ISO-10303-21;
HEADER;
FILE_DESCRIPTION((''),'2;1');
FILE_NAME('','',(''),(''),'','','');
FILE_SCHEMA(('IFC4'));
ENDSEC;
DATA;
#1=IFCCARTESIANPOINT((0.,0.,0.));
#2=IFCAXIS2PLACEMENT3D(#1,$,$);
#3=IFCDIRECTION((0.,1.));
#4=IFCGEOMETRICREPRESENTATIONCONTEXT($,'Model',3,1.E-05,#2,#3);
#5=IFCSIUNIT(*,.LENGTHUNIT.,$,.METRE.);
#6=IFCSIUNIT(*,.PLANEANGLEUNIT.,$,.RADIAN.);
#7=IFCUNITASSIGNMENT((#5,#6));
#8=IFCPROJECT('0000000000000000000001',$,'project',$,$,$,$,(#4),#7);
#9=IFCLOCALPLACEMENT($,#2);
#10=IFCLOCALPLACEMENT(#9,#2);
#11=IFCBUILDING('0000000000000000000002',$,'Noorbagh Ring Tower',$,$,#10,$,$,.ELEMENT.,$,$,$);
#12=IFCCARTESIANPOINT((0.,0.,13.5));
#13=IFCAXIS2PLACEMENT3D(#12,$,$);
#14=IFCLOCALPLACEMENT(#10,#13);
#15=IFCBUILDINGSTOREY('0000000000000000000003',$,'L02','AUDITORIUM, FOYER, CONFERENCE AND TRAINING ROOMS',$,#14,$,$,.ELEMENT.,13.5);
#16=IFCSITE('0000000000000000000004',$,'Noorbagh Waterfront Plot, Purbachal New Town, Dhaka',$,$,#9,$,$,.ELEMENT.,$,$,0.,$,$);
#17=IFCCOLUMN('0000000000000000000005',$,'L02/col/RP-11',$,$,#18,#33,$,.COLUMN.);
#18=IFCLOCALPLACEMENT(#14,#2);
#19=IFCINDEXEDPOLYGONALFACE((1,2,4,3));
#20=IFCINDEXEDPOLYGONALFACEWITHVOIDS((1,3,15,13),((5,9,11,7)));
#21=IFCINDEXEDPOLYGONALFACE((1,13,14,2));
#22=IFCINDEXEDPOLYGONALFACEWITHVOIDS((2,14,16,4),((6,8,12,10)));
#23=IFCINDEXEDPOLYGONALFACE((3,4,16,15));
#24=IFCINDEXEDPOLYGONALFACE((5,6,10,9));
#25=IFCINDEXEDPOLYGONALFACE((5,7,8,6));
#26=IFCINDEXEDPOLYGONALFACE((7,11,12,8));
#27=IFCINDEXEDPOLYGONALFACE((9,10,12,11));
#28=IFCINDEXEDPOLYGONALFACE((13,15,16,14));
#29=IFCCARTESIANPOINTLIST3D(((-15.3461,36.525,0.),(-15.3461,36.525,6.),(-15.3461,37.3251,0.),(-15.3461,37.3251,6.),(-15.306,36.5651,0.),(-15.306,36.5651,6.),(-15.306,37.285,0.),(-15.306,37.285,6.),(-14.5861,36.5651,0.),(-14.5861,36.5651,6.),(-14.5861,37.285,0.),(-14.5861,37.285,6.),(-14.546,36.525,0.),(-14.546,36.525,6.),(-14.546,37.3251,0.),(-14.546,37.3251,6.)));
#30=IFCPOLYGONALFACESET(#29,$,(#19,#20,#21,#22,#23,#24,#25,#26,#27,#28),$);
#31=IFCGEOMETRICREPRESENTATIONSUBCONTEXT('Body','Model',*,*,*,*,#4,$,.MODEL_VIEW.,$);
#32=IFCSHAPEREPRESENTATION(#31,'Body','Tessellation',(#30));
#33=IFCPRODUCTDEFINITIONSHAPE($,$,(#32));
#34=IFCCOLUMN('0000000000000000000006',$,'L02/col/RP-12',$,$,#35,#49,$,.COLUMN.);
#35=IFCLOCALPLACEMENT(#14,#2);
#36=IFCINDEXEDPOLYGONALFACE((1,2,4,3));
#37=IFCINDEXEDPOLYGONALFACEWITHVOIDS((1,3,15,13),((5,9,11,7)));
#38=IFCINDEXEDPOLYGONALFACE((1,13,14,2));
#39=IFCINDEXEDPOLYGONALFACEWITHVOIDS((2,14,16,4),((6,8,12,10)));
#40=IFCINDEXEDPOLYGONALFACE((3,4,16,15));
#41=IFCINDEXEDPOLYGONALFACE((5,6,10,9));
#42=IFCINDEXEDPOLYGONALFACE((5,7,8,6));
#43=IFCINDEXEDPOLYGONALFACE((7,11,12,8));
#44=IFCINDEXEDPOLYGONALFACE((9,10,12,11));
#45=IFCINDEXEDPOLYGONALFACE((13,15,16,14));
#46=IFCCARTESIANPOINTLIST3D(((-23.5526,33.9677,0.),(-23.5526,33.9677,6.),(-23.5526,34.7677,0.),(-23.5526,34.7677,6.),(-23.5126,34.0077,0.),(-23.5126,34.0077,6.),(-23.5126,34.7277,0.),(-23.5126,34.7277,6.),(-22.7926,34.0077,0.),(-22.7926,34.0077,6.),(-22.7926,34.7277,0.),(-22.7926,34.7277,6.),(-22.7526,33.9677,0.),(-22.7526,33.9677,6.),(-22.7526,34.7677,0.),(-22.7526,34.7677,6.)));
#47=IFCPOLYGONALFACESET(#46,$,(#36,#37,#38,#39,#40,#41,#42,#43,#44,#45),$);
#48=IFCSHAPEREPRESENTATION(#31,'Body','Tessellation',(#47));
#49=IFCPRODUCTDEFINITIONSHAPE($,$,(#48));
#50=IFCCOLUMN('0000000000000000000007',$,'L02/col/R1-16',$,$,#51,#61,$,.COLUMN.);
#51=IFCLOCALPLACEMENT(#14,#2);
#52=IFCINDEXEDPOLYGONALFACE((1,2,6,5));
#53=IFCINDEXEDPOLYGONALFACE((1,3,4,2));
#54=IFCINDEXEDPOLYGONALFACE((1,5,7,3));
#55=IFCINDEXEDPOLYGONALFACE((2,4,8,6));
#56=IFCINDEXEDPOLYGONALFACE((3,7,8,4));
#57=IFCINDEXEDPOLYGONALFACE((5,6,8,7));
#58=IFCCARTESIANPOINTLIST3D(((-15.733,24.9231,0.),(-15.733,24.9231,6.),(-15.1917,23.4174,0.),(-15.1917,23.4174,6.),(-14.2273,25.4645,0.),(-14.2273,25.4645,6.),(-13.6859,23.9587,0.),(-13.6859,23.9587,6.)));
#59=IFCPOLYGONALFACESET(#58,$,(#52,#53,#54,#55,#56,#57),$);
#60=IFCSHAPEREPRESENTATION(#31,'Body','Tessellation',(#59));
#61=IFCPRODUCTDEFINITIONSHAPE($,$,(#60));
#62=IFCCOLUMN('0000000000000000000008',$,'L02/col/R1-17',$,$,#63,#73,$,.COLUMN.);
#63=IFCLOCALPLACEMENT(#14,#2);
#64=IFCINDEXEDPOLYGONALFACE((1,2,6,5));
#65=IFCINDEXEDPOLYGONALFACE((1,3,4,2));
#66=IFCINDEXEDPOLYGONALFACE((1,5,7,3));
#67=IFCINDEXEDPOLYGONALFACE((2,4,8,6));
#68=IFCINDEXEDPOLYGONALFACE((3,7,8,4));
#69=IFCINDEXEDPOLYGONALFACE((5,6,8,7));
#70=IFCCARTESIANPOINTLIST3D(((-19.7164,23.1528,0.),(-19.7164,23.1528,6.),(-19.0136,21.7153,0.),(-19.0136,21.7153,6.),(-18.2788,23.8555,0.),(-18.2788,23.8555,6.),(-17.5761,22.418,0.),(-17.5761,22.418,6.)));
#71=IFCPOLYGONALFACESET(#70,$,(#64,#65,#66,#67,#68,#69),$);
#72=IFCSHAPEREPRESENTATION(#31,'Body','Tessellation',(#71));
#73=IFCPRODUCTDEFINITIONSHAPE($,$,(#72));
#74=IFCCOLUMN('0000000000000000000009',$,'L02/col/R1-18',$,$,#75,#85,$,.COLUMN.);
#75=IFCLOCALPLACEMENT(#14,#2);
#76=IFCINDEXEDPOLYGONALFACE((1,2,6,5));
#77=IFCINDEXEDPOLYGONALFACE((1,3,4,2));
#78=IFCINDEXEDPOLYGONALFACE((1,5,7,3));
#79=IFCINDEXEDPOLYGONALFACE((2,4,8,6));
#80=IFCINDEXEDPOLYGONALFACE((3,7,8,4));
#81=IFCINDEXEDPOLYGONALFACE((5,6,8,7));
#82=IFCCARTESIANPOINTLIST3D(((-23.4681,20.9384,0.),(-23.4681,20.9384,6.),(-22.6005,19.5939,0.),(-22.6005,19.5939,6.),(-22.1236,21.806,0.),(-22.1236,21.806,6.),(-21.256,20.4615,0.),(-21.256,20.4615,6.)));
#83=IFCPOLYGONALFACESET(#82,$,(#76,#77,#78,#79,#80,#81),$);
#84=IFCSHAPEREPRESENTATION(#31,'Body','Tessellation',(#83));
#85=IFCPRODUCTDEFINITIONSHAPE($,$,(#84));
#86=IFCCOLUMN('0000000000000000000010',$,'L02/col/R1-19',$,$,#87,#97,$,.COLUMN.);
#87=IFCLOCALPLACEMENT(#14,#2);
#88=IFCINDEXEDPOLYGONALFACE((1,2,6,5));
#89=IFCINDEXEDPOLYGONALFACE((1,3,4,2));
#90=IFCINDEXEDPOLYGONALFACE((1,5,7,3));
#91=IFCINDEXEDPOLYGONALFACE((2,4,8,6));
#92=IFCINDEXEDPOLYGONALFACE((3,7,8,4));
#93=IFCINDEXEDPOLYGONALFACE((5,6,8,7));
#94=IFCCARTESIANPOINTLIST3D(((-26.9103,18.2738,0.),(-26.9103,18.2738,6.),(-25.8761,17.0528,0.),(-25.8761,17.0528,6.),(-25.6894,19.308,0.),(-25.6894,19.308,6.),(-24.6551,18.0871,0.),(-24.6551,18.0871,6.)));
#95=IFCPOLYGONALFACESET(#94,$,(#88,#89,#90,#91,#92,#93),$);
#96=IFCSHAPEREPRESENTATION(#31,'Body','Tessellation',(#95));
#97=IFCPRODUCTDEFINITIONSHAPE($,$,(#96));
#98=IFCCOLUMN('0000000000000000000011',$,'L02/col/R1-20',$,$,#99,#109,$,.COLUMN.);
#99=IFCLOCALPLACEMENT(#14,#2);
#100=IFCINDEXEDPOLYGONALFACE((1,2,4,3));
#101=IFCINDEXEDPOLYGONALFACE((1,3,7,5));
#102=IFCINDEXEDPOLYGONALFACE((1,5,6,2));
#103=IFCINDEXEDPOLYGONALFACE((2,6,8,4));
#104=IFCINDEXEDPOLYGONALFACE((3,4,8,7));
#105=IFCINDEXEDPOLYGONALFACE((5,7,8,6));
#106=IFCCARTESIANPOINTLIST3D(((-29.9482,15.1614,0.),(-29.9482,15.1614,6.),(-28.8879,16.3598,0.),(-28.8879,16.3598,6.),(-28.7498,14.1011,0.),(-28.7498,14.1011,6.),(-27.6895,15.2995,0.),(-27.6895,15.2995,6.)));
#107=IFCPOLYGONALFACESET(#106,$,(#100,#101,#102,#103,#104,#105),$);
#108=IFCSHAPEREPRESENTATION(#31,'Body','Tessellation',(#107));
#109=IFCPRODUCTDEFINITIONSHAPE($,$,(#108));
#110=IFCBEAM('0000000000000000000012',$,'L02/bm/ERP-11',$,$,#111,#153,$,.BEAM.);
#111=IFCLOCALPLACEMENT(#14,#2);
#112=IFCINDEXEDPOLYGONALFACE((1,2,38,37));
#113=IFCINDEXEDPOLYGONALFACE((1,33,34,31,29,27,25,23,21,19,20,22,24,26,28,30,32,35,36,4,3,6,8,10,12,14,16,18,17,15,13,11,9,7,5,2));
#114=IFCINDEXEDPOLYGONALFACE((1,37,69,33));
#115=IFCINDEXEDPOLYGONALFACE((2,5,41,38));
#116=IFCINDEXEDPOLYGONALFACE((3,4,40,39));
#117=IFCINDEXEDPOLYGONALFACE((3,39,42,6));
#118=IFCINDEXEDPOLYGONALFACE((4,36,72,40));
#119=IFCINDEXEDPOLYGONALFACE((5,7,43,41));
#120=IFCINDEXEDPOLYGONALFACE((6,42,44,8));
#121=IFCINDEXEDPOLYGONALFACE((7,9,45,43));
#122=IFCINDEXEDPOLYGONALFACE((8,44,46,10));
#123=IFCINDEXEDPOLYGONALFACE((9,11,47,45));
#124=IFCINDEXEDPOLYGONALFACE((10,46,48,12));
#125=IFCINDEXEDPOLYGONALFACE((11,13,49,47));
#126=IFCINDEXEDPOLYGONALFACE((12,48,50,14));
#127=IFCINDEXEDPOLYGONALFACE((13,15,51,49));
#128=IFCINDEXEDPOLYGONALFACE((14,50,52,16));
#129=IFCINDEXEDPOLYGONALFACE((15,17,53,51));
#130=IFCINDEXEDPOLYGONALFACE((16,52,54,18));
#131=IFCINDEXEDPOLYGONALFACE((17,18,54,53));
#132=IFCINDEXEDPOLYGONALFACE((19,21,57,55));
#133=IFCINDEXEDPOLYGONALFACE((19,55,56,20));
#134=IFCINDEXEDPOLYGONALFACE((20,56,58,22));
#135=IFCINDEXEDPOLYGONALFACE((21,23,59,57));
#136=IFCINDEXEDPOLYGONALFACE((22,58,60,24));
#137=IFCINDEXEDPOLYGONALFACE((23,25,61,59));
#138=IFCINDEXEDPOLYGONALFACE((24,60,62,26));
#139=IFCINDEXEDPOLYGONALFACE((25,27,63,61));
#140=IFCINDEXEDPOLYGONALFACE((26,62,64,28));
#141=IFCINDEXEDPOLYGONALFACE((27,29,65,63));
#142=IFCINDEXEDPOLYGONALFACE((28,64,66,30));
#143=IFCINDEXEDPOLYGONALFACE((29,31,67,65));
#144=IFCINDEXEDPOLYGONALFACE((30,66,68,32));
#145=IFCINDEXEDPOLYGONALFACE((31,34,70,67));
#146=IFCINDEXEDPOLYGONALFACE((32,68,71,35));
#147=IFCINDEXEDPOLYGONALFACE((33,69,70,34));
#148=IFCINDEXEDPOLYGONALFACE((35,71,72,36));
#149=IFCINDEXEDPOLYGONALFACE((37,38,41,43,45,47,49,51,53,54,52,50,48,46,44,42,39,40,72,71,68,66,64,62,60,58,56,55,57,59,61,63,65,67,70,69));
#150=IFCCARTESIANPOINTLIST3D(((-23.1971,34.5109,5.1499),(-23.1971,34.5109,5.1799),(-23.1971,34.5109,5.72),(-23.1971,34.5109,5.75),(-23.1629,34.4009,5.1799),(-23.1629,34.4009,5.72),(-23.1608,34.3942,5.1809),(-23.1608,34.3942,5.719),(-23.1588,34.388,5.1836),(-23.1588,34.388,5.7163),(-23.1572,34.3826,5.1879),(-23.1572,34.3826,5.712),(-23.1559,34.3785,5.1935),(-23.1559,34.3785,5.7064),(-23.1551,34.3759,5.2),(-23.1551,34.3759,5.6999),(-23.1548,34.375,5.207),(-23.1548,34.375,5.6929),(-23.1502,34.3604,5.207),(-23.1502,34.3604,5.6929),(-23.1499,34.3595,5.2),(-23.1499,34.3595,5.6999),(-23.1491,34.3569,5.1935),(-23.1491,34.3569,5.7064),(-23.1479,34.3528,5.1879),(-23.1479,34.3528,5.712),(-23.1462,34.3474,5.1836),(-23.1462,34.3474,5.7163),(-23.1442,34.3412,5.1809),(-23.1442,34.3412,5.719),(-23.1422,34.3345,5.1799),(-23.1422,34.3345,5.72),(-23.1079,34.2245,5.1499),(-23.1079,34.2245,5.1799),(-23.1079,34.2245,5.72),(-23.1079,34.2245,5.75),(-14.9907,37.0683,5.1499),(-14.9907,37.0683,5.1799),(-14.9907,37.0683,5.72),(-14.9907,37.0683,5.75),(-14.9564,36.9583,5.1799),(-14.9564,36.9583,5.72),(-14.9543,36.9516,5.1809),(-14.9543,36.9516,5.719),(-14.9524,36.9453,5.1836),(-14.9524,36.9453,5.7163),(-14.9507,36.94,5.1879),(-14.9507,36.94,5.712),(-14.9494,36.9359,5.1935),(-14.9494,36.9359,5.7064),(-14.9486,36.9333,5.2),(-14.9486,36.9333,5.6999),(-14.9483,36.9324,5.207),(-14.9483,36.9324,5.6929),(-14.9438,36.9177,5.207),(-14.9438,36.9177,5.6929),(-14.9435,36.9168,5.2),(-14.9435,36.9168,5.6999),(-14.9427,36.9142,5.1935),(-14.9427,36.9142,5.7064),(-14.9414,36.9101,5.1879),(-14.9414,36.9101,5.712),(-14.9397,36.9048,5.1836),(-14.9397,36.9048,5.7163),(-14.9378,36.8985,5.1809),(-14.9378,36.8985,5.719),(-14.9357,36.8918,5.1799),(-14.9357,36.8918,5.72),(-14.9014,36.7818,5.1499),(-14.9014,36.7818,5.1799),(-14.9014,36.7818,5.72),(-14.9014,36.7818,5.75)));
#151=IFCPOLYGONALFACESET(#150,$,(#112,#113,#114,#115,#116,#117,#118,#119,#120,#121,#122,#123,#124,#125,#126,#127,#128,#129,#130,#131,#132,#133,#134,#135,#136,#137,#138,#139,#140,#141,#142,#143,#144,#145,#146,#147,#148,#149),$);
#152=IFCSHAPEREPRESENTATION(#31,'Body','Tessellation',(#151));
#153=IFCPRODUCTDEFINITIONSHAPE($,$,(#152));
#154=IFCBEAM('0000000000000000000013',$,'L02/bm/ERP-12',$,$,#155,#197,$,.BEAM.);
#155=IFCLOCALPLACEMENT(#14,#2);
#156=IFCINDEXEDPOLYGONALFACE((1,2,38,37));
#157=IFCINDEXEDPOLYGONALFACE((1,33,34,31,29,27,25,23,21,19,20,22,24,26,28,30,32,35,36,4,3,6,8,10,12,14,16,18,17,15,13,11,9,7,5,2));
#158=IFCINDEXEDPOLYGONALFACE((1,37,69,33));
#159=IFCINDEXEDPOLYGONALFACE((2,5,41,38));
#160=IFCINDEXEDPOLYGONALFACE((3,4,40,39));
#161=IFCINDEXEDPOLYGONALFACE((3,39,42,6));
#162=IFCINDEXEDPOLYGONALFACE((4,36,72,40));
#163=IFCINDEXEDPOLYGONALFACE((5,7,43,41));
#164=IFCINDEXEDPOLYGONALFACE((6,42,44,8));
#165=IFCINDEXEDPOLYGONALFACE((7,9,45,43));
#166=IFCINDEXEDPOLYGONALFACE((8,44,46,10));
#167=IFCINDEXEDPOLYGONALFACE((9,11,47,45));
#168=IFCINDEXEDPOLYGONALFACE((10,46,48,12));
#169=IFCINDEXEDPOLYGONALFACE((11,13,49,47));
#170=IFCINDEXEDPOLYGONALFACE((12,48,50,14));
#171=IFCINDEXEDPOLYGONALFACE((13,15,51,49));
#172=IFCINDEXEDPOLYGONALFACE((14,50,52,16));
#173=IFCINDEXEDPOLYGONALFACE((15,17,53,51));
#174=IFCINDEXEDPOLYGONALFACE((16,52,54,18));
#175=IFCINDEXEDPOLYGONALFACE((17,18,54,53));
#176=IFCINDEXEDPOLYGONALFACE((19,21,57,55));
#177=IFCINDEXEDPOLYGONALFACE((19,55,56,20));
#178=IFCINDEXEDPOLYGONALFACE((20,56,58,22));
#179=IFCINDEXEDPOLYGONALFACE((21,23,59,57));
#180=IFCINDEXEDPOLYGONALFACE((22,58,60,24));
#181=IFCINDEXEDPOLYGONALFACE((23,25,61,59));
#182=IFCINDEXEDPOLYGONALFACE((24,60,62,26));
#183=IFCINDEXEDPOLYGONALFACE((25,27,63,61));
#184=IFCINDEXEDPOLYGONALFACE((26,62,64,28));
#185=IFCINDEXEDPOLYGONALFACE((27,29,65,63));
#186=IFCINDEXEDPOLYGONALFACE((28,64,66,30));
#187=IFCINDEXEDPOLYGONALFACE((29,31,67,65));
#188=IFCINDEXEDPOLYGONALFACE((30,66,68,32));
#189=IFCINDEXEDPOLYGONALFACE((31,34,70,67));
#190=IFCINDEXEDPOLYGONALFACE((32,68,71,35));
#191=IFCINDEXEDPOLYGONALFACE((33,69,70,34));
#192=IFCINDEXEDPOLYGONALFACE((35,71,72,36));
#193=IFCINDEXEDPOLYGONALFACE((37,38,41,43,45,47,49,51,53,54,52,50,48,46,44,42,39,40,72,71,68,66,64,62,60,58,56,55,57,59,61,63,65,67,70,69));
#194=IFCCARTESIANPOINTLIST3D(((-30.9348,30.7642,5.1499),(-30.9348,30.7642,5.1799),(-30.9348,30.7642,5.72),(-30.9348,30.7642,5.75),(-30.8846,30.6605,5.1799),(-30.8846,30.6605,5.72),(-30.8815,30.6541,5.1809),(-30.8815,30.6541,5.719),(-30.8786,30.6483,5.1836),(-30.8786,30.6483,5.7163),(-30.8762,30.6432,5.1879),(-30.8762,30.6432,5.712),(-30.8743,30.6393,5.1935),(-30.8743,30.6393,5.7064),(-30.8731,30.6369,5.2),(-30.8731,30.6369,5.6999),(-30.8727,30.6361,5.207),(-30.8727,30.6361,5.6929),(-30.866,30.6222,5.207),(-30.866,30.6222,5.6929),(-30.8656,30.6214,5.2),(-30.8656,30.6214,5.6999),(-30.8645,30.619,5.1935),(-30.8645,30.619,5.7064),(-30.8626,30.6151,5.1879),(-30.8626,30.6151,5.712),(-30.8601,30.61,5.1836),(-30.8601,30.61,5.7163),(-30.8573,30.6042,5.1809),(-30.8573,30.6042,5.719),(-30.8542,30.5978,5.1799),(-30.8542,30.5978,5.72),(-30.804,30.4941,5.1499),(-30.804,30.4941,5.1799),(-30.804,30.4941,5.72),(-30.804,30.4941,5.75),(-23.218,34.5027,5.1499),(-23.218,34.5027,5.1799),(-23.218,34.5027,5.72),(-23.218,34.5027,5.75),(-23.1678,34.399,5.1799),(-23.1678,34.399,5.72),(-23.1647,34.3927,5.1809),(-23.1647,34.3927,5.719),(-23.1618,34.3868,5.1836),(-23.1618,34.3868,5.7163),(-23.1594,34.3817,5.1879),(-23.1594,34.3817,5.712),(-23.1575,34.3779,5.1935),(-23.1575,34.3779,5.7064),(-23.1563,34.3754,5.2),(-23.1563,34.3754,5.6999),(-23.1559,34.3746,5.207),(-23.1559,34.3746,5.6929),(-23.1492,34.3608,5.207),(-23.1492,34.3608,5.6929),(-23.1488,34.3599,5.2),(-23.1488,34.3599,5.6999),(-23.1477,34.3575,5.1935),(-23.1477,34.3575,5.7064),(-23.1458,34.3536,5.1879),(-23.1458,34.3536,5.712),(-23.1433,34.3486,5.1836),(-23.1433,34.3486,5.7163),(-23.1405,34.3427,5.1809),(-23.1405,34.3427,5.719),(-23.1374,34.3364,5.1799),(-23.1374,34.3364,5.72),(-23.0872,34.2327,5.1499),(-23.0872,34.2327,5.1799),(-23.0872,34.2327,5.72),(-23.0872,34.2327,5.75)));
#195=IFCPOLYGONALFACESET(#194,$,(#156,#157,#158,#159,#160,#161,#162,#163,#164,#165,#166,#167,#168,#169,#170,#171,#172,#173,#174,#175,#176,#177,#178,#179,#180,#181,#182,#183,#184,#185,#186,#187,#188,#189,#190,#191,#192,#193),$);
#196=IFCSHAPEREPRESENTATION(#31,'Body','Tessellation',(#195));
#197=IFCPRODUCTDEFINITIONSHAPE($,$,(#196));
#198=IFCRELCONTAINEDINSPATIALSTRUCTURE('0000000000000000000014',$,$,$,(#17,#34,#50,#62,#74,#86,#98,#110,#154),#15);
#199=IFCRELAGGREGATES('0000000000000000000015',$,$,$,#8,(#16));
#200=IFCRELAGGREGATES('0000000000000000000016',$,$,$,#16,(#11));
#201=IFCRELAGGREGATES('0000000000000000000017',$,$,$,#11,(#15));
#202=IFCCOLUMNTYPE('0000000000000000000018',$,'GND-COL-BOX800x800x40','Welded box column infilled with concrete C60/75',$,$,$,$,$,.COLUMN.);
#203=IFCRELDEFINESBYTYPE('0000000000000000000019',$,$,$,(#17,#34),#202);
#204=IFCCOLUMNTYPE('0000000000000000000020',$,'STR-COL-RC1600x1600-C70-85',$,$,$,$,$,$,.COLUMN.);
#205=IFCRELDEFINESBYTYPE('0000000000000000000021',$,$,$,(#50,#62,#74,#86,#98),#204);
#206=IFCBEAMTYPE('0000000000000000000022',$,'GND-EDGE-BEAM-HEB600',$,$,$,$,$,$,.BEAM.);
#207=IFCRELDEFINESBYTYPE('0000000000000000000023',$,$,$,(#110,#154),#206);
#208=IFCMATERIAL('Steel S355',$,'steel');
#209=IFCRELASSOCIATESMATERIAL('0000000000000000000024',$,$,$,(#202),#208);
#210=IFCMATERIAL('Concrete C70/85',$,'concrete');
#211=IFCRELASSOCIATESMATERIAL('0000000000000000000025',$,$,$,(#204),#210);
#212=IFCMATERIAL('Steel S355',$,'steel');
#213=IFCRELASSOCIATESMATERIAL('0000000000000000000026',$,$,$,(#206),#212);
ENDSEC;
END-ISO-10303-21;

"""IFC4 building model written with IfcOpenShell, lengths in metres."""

from ifc_helpers import new_model, si_unit, direction, frame, origin, origin_2d, place, context, subcontext, project, spatial, rectangle, hollow_rectangle, i_section, extrude, material, material_profile, profile_set, type_object, element, save


model = new_model("IFC4")

# Units and contexts
model_context = context("Model", 3, precision=1e-05, world=origin(), true_north=direction((0.0, 1.0)))
body_context = subcontext(model_context, "Body", "Model", "MODEL_VIEW")
ifc_project = project(units=[si_unit("LENGTHUNIT", "METRE"), si_unit("PLANEANGLEUNIT", "RADIAN")], contexts=[model_context])

# Site, building, storey
site_placement = place(None, origin())
site = spatial("IfcSite", under=ifc_project, at=site_placement, Name="Noorbagh Waterfront Plot, Purbachal New Town, Dhaka", CompositionType="ELEMENT", RefElevation=0.0)
building_placement = place(site_placement, origin())
building = spatial("IfcBuilding", under=site, at=building_placement, Name="Noorbagh Ring Tower", CompositionType="ELEMENT")
storey_placement = place(building_placement, frame((0.0, 0.0, 13.5)))
storey = spatial("IfcBuildingStorey", under=building, at=storey_placement, Name="L02", Description="AUDITORIUM, FOYER, CONFERENCE AND TRAINING ROOMS", CompositionType="ELEMENT", Elevation=13.5)

# Columns
ifc_material_1 = material(Name="Steel S355", Category="steel")
ifc_material_profile_1 = material_profile(ifc_material_1, hollow_rectangle(XDim=0.8, YDim=0.8, WallThickness=0.04, at=origin_2d()), Name="BOX800x800x40")
ifc_profile_set_1 = profile_set([ifc_material_profile_1], Name="Steel S355")
column_type_1 = type_object("IfcColumnType", Name="GND-COL-BOX800x800x40", Description="Welded box column infilled with concrete C60/75", PredefinedType="COLUMN", material=ifc_profile_set_1)
for number, where, z_axis, x_axis, name in (
    (1, (-14.946, 36.925, 0.0), (0.0, 0.0, 1.0), (1.0, 0.0, 0.0), "L02/col/RP-11"),
    (2, (-23.1526, 34.3677, 0.0), (0.0, 0.0, 1.0), (1.0, 0.0, 0.0), "L02/col/RP-12"),
):
    element("IfcColumn", number, at=place(storey_placement, frame(where, z_axis=z_axis, x_axis=x_axis)), inside=storey, type_object=column_type_1, Name=name, PredefinedType="COLUMN", context=body_context, shape_type="SweptSolid", body=[
        extrude(hollow_rectangle(XDim=0.8, YDim=0.8, WallThickness=0.04, at=origin_2d()), origin(), (0.0, 0.0, 1.0), 6.0),
    ])
ifc_material_2 = material(Name="Concrete C70/85", Category="concrete")
ifc_material_profile_2 = material_profile(ifc_material_2, rectangle(XDim=1.6001, YDim=1.6001, at=origin_2d()), Name="RC1600x1600")
ifc_profile_set_2 = profile_set([ifc_material_profile_2], Name="Concrete C70/85")
column_type_2 = type_object("IfcColumnType", Name="STR-COL-RC1600x1600-C70-85", PredefinedType="COLUMN", material=ifc_profile_set_2)
for number, where, z_axis, x_axis, name in (
    (3, (-14.7095, 24.4409, 0.0), (0.0, 0.0, 1.0), (-0.941025, -0.338338, 0.0), "L02/col/R1-16"),
    (4, (-18.6462, 22.7854, 0.0), (0.0, 0.0, 1.0), (-0.898399, -0.43918, 0.0), "L02/col/R1-17"),
    (5, (-22.3621, 20.7, 0.0), (0.0, 0.0, 1.0), (-0.840248, -0.542203, 0.0), "L02/col/R1-18"),
    (6, (-25.7827, 18.1804, 0.0), (0.0, 0.0, 1.0), (-0.763035, -0.646357, 0.0), "L02/col/R1-19"),
    (7, (-28.8188, 15.2305, 0.0), (0.0, 0.0, 1.0), (-0.662636, -0.748942, 0.0), "L02/col/R1-20"),
):
    element("IfcColumn", number, at=place(storey_placement, frame(where, z_axis=z_axis, x_axis=x_axis)), inside=storey, type_object=column_type_2, Name=name, PredefinedType="COLUMN", context=body_context, shape_type="SweptSolid", body=[
        extrude(rectangle(XDim=1.6001, YDim=1.6001, at=origin_2d()), origin(), (0.0, 0.0, 1.0), 6.0),
    ])

# Beams
ifc_material_3 = material(Name="Steel S355", Category="steel")
ifc_material_profile_3 = material_profile(ifc_material_3, i_section(OverallWidth=0.3, OverallDepth=0.6001, WebThickness=0.0154, FlangeThickness=0.03, FilletRadius=0.0271, at=origin_2d()), Name="HEB600")
ifc_profile_set_3 = profile_set([ifc_material_profile_3], Name="Steel S355")
beam_type_1 = type_object("IfcBeamType", Name="GND-EDGE-BEAM-HEB600", PredefinedType="BEAM", material=ifc_profile_set_3)
beam_1_placement = place(storey_placement, frame((-14.946, 36.925, 5.45), z_axis=(-0.954717, -0.297515, 0.0), x_axis=(0.297515, -0.954717, 0.0)))
element("IfcBeam", 8, at=beam_1_placement, inside=storey, type_object=beam_type_1, Name="L02/bm/ERP-11", PredefinedType="BEAM", context=body_context, shape_type="SweptSolid", body=[
    extrude(i_section(OverallWidth=0.3, OverallDepth=0.6001, WebThickness=0.0154, FlangeThickness=0.03, FilletRadius=0.0271, at=origin_2d()), origin(), (0.0, 0.0, 1.0), 8.5957),
])
beam_2_placement = place(storey_placement, frame((-23.1526, 34.3677, 5.45), z_axis=(-0.899949, -0.435995, 0.0), x_axis=(0.435995, -0.899949, 0.0)))
element("IfcBeam", 9, at=beam_2_placement, inside=storey, type_object=beam_type_1, Name="L02/bm/ERP-12", PredefinedType="BEAM", context=body_context, shape_type="SweptSolid", body=[
    extrude(i_section(OverallWidth=0.3, OverallDepth=0.6001, WebThickness=0.0154, FlangeThickness=0.03, FilletRadius=0.0271, at=origin_2d()), origin(), (0.0, 0.0, 1.0), 8.5747),
])

save(model, "model.ifc")
